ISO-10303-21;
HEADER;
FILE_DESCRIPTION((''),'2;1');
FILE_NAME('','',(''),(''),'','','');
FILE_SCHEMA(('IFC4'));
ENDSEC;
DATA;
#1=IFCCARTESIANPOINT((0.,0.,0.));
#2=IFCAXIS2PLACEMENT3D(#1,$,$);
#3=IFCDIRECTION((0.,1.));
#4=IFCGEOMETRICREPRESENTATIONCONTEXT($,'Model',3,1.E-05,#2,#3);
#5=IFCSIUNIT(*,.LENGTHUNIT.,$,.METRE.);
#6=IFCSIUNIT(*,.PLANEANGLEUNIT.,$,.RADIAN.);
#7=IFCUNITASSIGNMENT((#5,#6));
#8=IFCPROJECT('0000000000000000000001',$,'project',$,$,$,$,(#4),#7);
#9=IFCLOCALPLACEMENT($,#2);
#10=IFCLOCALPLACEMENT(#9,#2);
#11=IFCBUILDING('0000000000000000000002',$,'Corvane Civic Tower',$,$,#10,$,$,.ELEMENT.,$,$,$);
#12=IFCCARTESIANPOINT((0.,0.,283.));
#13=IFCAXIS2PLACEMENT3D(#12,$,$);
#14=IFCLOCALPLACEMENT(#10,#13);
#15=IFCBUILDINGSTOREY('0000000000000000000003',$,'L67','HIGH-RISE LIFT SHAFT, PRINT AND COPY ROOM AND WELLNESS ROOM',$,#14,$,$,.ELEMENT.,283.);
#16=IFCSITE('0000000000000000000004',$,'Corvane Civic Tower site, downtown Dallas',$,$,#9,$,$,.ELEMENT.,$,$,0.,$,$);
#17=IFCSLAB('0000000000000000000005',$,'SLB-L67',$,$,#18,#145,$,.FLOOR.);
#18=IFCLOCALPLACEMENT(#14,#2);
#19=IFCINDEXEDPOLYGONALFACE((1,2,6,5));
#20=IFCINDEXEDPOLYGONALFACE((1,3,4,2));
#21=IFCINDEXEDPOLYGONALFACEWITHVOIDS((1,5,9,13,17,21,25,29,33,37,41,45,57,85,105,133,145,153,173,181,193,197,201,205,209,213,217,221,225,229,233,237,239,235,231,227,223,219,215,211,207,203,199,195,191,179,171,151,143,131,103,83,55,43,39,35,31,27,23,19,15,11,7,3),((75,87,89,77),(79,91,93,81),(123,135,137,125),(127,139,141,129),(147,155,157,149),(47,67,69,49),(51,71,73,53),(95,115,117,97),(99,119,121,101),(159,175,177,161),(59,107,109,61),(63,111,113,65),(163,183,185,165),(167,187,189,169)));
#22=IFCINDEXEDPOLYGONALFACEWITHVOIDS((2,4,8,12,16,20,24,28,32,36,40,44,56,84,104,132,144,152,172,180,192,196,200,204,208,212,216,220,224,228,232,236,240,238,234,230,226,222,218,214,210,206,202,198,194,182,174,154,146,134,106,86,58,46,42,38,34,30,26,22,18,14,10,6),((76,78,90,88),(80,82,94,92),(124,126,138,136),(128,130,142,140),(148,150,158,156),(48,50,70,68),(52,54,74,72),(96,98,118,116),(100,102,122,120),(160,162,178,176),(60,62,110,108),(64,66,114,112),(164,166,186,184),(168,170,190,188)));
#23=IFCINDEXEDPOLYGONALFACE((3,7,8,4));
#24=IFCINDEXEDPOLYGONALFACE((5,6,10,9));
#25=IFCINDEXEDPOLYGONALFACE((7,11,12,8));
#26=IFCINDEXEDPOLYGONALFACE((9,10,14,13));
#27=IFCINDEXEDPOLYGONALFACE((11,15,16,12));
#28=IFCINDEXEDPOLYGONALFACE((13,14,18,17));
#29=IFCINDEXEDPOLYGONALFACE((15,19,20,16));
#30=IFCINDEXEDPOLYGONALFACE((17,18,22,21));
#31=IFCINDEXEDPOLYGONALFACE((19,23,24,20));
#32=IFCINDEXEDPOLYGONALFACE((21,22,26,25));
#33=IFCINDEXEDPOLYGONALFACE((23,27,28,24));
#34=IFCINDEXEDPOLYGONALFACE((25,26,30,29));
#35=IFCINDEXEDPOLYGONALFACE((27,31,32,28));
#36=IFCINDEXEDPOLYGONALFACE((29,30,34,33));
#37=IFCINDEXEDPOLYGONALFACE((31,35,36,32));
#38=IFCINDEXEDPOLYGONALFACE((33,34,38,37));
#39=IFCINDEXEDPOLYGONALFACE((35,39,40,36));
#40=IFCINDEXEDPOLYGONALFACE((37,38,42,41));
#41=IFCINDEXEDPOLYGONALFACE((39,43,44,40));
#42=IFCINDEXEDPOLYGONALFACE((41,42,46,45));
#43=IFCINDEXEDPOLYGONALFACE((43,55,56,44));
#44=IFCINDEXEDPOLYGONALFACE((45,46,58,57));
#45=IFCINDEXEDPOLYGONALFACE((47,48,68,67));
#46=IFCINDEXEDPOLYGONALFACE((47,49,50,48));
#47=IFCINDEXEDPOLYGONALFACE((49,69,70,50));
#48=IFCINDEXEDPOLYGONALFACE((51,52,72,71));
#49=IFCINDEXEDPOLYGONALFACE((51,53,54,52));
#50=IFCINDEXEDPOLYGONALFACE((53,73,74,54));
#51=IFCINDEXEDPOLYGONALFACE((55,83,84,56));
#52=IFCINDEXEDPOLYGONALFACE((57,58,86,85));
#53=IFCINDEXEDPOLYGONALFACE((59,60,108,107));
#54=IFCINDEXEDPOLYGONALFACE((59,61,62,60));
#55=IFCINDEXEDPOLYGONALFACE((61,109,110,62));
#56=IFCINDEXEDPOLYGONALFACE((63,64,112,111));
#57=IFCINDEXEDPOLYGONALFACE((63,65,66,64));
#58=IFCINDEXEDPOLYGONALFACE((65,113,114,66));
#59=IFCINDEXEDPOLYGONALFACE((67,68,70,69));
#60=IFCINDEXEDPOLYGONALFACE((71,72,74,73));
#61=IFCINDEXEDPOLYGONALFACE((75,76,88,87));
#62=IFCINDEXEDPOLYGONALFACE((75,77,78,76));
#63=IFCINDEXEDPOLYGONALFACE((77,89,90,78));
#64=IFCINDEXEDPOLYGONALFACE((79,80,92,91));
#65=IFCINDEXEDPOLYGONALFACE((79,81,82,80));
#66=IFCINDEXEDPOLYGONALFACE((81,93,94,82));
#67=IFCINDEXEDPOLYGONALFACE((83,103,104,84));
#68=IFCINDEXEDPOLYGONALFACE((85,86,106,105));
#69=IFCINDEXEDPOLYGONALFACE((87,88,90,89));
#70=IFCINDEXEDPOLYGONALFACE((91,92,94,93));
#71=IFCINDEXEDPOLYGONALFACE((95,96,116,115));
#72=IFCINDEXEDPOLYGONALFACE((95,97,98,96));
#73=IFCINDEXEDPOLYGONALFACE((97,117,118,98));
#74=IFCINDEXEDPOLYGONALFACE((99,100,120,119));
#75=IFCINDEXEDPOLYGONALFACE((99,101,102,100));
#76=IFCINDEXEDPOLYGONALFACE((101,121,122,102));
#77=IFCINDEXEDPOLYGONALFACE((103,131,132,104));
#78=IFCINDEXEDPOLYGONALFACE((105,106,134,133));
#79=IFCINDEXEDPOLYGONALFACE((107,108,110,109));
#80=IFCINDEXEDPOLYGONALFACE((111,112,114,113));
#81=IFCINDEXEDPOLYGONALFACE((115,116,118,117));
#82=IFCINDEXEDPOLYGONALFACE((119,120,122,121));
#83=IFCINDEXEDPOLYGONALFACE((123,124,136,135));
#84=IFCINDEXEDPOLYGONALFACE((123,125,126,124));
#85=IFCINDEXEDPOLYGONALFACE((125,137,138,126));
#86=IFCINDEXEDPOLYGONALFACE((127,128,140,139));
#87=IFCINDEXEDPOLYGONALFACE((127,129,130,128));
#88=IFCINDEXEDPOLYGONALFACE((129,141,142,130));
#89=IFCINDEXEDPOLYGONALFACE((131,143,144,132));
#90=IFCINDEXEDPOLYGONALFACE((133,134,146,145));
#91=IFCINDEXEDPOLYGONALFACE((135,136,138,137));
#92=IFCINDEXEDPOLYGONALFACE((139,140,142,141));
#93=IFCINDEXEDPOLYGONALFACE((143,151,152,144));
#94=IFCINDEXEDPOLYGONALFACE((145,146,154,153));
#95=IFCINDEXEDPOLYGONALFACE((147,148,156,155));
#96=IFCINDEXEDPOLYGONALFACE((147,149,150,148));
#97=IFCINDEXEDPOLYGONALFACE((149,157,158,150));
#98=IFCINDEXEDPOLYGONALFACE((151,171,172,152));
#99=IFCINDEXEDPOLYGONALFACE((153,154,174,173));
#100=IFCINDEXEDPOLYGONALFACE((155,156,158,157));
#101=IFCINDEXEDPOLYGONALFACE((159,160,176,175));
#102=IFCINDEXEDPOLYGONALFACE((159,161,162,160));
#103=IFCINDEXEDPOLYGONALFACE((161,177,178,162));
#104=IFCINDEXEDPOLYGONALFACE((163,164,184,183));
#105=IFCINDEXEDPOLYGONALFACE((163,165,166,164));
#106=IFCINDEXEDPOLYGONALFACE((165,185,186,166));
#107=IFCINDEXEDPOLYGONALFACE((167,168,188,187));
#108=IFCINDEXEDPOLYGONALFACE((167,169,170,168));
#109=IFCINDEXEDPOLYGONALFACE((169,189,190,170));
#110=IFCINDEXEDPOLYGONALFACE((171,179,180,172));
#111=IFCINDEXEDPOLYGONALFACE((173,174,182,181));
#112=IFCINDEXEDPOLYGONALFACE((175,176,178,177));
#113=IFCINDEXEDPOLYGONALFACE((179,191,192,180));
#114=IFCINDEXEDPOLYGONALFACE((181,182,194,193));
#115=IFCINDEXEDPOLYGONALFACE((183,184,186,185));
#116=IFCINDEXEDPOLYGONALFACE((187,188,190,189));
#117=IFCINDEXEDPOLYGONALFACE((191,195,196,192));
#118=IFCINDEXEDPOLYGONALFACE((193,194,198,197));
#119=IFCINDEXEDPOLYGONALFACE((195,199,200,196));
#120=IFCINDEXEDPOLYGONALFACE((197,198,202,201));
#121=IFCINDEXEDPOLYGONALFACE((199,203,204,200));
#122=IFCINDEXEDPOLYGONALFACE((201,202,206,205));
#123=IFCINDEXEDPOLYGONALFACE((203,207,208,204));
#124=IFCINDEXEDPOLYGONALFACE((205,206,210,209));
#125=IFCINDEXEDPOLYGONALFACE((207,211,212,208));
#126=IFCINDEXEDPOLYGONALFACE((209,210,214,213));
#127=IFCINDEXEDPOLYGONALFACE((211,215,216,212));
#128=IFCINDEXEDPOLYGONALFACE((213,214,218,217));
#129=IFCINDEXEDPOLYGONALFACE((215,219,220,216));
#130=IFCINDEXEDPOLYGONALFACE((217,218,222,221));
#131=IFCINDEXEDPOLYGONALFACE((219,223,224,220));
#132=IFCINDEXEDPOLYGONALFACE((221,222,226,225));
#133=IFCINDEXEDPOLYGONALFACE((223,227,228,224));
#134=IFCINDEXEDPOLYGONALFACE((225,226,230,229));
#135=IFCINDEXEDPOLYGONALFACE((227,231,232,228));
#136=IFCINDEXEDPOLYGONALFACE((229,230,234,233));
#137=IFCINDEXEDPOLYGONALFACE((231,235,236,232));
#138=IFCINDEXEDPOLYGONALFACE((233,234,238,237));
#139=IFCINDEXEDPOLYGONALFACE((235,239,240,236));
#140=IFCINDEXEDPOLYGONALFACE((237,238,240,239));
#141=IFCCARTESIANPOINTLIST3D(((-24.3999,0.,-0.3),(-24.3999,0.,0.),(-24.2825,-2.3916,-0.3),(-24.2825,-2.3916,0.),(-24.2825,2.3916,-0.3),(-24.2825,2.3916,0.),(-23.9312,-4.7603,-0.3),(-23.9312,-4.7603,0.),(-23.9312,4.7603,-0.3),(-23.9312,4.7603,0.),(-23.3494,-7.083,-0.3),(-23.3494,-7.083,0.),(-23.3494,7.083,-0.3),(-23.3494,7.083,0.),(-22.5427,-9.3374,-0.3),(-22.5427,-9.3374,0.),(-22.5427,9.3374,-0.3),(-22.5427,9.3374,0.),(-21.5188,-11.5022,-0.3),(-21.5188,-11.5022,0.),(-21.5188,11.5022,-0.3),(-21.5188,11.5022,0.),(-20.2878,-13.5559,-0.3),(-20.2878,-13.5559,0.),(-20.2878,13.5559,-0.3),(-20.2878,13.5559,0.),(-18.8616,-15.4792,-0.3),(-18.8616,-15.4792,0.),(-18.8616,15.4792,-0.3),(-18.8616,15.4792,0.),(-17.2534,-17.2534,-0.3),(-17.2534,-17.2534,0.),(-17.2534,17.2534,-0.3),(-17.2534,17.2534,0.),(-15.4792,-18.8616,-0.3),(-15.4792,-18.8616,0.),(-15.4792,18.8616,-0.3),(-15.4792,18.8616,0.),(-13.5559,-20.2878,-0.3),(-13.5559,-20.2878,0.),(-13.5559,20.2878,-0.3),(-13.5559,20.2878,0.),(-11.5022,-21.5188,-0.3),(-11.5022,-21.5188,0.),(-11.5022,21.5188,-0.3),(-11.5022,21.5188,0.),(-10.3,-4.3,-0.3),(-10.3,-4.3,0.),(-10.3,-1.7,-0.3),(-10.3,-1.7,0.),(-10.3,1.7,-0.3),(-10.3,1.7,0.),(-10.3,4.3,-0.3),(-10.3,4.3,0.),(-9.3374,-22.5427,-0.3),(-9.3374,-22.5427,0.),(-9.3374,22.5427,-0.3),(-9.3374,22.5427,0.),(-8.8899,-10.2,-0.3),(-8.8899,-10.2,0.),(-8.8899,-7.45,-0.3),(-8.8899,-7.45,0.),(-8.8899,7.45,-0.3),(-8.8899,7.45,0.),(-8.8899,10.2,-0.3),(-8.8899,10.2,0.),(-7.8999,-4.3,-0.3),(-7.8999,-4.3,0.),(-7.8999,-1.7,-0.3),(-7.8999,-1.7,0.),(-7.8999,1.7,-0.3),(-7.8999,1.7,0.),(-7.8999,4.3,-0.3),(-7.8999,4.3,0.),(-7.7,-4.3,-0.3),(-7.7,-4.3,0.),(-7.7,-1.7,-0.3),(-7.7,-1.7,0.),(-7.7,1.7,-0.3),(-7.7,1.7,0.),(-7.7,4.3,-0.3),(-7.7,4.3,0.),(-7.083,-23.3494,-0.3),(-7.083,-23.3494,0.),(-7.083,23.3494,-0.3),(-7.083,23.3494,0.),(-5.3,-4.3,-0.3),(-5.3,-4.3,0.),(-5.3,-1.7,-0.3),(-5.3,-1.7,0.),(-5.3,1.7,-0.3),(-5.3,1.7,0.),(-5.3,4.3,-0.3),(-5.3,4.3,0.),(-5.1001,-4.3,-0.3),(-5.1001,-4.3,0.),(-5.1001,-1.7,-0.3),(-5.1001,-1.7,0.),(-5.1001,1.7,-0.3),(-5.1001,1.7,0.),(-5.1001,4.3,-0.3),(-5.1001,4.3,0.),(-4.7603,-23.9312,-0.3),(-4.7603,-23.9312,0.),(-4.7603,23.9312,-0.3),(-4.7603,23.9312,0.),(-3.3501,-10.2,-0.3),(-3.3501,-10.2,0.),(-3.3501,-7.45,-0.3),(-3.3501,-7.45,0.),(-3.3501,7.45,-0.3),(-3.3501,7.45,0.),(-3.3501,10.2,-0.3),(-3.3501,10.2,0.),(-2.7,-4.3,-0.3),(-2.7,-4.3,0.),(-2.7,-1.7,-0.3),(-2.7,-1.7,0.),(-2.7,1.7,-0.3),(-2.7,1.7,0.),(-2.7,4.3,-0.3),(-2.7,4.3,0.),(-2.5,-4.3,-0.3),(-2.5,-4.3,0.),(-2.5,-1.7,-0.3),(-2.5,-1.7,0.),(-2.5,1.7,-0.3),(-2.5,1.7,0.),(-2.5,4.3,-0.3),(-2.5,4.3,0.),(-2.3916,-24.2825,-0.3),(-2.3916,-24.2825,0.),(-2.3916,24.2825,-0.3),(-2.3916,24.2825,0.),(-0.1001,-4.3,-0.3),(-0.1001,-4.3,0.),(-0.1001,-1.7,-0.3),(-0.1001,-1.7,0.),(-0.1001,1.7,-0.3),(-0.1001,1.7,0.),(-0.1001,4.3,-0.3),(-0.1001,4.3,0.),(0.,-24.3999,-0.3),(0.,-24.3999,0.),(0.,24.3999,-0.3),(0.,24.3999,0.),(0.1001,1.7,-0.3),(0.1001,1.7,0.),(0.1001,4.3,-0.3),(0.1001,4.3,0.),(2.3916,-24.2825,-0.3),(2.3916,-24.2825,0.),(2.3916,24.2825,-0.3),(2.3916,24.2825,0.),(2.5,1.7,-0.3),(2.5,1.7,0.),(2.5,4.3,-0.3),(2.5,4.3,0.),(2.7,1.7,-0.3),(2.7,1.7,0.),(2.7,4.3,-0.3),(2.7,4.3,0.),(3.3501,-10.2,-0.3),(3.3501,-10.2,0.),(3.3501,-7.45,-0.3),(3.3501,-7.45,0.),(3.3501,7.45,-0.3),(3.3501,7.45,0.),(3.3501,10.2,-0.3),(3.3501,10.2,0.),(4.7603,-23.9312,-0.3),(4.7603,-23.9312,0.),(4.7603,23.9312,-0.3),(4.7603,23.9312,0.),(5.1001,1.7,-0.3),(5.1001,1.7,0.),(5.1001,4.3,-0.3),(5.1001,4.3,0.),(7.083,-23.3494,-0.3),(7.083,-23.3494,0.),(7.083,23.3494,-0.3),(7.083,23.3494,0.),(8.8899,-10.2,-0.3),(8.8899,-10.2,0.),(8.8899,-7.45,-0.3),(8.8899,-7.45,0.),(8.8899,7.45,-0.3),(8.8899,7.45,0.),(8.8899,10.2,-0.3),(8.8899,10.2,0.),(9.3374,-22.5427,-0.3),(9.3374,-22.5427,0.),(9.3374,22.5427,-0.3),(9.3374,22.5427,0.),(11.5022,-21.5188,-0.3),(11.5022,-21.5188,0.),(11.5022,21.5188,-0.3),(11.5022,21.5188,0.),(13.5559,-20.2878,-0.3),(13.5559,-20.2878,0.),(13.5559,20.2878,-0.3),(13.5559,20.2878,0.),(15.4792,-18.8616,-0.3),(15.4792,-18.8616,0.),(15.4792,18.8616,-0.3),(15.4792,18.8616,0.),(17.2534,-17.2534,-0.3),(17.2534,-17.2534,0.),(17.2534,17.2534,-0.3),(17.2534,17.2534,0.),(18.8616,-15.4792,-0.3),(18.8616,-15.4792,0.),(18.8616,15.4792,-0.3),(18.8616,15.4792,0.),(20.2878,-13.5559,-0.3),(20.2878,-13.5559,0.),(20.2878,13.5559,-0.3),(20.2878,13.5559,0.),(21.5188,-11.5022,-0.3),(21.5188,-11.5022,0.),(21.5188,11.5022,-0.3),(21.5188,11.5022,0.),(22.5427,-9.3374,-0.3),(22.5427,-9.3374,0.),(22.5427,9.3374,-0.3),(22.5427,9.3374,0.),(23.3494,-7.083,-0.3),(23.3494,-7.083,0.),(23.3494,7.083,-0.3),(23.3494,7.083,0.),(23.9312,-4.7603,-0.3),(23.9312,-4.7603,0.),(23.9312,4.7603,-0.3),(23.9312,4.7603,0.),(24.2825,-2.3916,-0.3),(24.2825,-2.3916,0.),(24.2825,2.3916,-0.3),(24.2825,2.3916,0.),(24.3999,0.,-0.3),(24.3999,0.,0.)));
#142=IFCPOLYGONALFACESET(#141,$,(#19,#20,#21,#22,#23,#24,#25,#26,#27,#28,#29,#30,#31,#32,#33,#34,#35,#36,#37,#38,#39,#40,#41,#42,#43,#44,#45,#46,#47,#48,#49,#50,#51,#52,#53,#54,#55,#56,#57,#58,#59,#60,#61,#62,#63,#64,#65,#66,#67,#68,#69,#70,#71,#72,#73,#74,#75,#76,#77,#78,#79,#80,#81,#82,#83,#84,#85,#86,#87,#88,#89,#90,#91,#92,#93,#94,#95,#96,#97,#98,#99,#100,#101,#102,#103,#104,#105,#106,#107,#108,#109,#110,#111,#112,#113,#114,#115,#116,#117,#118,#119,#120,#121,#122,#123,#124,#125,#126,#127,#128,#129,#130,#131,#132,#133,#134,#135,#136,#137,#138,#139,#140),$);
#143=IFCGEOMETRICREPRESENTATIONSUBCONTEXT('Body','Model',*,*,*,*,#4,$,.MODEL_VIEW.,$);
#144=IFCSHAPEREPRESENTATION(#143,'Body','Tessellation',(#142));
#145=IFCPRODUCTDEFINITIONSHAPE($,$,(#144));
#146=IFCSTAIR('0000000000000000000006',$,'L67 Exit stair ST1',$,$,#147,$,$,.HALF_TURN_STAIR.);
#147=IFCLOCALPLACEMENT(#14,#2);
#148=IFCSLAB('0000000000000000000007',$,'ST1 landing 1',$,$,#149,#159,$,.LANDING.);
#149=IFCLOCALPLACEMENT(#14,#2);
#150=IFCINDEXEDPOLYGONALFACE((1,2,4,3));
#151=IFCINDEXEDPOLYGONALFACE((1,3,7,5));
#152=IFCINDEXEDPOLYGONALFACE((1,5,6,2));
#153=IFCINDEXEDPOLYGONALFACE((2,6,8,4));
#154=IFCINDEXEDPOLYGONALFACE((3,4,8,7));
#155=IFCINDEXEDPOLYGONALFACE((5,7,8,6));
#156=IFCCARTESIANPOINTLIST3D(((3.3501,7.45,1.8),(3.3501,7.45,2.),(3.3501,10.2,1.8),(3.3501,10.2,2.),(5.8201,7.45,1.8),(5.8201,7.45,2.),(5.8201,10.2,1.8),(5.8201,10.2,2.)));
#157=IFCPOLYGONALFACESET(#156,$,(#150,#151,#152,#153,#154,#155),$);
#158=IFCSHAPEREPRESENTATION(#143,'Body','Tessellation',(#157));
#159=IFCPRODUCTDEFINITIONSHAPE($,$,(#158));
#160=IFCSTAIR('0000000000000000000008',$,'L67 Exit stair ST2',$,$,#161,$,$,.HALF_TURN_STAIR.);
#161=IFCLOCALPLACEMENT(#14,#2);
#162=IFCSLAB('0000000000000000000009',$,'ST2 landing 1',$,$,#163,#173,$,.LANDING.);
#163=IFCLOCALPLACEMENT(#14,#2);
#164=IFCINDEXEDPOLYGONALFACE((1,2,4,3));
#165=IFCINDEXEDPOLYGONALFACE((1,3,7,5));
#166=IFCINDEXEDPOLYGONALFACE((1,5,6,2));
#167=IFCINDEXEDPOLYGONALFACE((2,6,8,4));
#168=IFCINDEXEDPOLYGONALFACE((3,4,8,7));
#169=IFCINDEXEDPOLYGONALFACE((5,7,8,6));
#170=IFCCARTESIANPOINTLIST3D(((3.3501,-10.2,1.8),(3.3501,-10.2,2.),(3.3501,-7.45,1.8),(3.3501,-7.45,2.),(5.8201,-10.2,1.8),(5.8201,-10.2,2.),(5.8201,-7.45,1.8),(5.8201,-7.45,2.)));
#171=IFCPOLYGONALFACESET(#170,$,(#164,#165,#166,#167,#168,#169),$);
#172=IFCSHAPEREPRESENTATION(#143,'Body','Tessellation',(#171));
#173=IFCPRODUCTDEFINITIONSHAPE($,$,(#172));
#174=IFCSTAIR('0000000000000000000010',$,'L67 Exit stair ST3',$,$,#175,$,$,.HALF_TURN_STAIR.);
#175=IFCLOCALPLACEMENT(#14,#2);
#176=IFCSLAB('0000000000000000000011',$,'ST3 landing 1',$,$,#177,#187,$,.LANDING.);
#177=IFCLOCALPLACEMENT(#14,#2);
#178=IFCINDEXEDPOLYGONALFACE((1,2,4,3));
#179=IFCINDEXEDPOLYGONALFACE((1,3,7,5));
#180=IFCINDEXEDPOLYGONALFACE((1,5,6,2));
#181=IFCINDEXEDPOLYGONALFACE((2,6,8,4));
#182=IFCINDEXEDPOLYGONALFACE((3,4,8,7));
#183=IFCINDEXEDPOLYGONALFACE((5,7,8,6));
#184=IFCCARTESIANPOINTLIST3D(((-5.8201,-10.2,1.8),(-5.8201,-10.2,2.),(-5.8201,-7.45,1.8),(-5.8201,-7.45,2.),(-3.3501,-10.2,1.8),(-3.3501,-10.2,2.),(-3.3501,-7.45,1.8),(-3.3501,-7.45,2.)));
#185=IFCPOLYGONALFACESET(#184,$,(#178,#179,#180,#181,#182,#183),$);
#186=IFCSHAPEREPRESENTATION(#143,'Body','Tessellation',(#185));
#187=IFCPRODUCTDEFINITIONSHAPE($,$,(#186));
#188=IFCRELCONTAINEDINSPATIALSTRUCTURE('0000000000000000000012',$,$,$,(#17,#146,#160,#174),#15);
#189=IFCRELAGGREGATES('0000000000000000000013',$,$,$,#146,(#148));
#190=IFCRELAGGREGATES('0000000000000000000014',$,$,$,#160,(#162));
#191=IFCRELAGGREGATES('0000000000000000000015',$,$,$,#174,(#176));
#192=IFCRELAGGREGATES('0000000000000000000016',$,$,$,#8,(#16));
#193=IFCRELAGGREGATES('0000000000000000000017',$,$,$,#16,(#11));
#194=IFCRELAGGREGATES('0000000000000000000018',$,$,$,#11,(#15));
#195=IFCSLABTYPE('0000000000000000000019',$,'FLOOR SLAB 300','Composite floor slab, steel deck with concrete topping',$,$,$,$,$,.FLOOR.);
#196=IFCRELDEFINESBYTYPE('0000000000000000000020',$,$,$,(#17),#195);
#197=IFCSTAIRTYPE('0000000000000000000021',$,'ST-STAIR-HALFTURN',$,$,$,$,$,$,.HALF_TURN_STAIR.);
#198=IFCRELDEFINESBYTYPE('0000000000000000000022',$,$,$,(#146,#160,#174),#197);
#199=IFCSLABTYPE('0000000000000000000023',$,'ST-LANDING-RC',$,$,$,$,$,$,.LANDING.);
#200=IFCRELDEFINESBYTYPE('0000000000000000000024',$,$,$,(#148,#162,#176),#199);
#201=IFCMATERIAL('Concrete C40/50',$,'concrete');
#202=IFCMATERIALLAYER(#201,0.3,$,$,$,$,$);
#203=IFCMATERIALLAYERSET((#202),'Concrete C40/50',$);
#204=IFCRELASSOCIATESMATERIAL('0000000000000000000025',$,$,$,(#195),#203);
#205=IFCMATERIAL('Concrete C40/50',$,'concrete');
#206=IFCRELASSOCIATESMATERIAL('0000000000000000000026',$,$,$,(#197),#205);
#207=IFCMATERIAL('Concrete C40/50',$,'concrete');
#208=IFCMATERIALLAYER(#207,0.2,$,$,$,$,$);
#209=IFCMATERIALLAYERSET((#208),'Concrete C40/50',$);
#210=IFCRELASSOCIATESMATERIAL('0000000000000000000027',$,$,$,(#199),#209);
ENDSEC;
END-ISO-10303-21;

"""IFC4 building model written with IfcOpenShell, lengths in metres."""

from ifc_helpers import new_model, si_unit, direction, frame, origin, place, context, subcontext, project, spatial, polyline, outline, extrude, material, layer, layer_set, type_object, element, aggregate, save


model = new_model("IFC4")

# Units and contexts
model_context = context("Model", 3, precision=1e-05, world=origin(), true_north=direction((0.0, 1.0)))
body_context = subcontext(model_context, "Body", "Model", "MODEL_VIEW")
ifc_project = project(units=[si_unit("LENGTHUNIT", "METRE"), si_unit("PLANEANGLEUNIT", "RADIAN")], contexts=[model_context])

# Site, building, storey
site_placement = place(None, origin())
site = spatial("IfcSite", under=ifc_project, at=site_placement, Name="Corvane Civic Tower site, downtown Dallas", CompositionType="ELEMENT", RefElevation=0.0)
building_placement = place(site_placement, origin())
building = spatial("IfcBuilding", under=site, at=building_placement, Name="Corvane Civic Tower", CompositionType="ELEMENT")
storey_placement = place(building_placement, frame((0.0, 0.0, 283.0)))
storey = spatial("IfcBuildingStorey", under=building, at=storey_placement, Name="L67", Description="HIGH-RISE LIFT SHAFT, PRINT AND COPY ROOM AND WELLNESS ROOM", CompositionType="ELEMENT", Elevation=283.0)

# Slab
ifc_material_1 = material(Name="Concrete C40/50", Category="concrete")
ifc_layer_1 = layer(ifc_material_1, 0.3)
ifc_layer_set_1 = layer_set([ifc_layer_1], Name="Concrete C40/50")
slab_type_1 = type_object("IfcSlabType", Name="FLOOR SLAB 300", Description="Composite floor slab, steel deck with concrete topping", PredefinedType="FLOOR", material=ifc_layer_set_1)
slab_1_placement = place(storey_placement, frame((0.0, 0.0, -0.3)))
element("IfcSlab", 1, at=slab_1_placement, inside=storey, type_object=slab_type_1, Name="SLB-L67", PredefinedType="FLOOR", context=body_context, shape_type="SweptSolid", body=[
    extrude(outline(polyline([(0.0, 24.3999), (-2.3916, 24.2825), (-4.7603, 23.9312), (-7.083, 23.3494), (-9.3374, 22.5427), (-11.5022, 21.5188), (-13.5559, 20.2878), (-15.4792, 18.8616), (-17.2534, 17.2534), (-18.8616, 15.4792), (-20.2878, 13.5559), (-21.5188, 11.5022), (-22.5427, 9.3374), (-23.3494, 7.083), (-23.9312, 4.7603), (-24.2825, 2.3916), (-24.3999, 0.0), (-24.2825, -2.3916), (-23.9312, -4.7603), (-23.3494, -7.083), (-22.5427, -9.3374), (-21.5188, -11.5022), (-20.2878, -13.5559), (-18.8616, -15.4792), (-17.2534, -17.2534), (-15.4792, -18.8616), (-13.5559, -20.2878), (-11.5022, -21.5188), (-9.3374, -22.5427), (-7.083, -23.3494), (-4.7603, -23.9312), (-2.3916, -24.2825), (0.0, -24.3999), (2.3916, -24.2825), (4.7603, -23.9312), (7.083, -23.3494), (9.3374, -22.5427), (11.5022, -21.5188), (13.5559, -20.2878), (15.4792, -18.8616), (17.2534, -17.2534), (18.8616, -15.4792), (20.2878, -13.5559), (21.5188, -11.5022), (22.5427, -9.3374), (23.3494, -7.083), (23.9312, -4.7603), (24.2825, -2.3916), (24.3999, 0.0), (24.2825, 2.3916), (23.9312, 4.7603), (23.3494, 7.083), (22.5427, 9.3374), (21.5188, 11.5022), (20.2878, 13.5559), (18.8616, 15.4792), (17.2534, 17.2534), (15.4792, 18.8616), (13.5559, 20.2878), (11.5022, 21.5188), (9.3374, 22.5427), (7.083, 23.3494), (4.7603, 23.9312), (2.3916, 24.2825), (0.0, 24.3999)]), holes=[polyline([(-10.3, 4.3), (-7.8999, 4.3), (-7.8999, 1.7), (-10.3, 1.7), (-10.3, 4.3)]), polyline([(-7.7, 4.3), (-5.3, 4.3), (-5.3, 1.7), (-7.7, 1.7), (-7.7, 4.3)]), polyline([(-5.1001, 4.3), (-2.7, 4.3), (-2.7, 1.7), (-5.1001, 1.7), (-5.1001, 4.3)]), polyline([(-0.1001, 1.7), (-2.5, 1.7), (-2.5, 4.3), (-0.1001, 4.3), (-0.1001, 1.7)]), polyline([(0.1001, 4.3), (2.5, 4.3), (2.5, 1.7), (0.1001, 1.7), (0.1001, 4.3)]), polyline([(2.7, 4.3), (5.1001, 4.3), (5.1001, 1.7), (2.7, 1.7), (2.7, 4.3)]), polyline([(-10.3, -4.3), (-10.3, -1.7), (-7.8999, -1.7), (-7.8999, -4.3), (-10.3, -4.3)]), polyline([(-7.7, -4.3), (-7.7, -1.7), (-5.3, -1.7), (-5.3, -4.3), (-7.7, -4.3)]), polyline([(-5.1001, -4.3), (-5.1001, -1.7), (-2.7, -1.7), (-2.7, -4.3), (-5.1001, -4.3)]), polyline([(-0.1001, -1.7), (-0.1001, -4.3), (-2.5, -4.3), (-2.5, -1.7), (-0.1001, -1.7)]), polyline([(8.8899, 10.2), (8.8899, 7.45), (3.3501, 7.45), (3.3501, 10.2), (8.8899, 10.2)]), polyline([(-8.8899, 7.45), (-8.8899, 10.2), (-3.3501, 10.2), (-3.3501, 7.45), (-8.8899, 7.45)]), polyline([(8.8899, -7.45), (8.8899, -10.2), (3.3501, -10.2), (3.3501, -7.45), (8.8899, -7.45)]), polyline([(-8.8899, -10.2), (-8.8899, -7.45), (-3.3501, -7.45), (-3.3501, -10.2), (-8.8899, -10.2)])]), origin(), (0.0, 0.0, 1.0), 0.3),
])

# Stairs, slabs
ifc_material_2 = material(Name="Concrete C40/50", Category="concrete")
stair_type = type_object("IfcStairType", Name="ST-STAIR-HALFTURN", PredefinedType="HALF_TURN_STAIR", material=ifc_material_2)
stair_1_placement = place(storey_placement, origin())
stair_1 = element("IfcStair", 2, at=stair_1_placement, inside=storey, type_object=stair_type, Name="L67 Exit stair ST1", PredefinedType="HALF_TURN_STAIR")
ifc_material_3 = material(Name="Concrete C40/50", Category="concrete")
ifc_layer_2 = layer(ifc_material_3, 0.2)
ifc_layer_set_2 = layer_set([ifc_layer_2], Name="Concrete C40/50")
slab_type_2 = type_object("IfcSlabType", Name="ST-LANDING-RC", PredefinedType="LANDING", material=ifc_layer_set_2)
slab_2_placement = place(storey_placement, frame((0.0, 0.0, 1.8)))
slab_2 = element("IfcSlab", 3, at=slab_2_placement, type_object=slab_type_2, Name="ST1 landing 1", PredefinedType="LANDING", context=body_context, shape_type="SweptSolid", body=[
    extrude(outline(polyline([(5.8201, 10.2), (3.3501, 10.2), (3.3501, 7.45), (5.8201, 7.45), (5.8201, 10.2)])), origin(), (0.0, 0.0, 1.0), 0.2),
])
aggregate(stair_1, [slab_2])
stair_2_placement = place(storey_placement, origin())
stair_2 = element("IfcStair", 4, at=stair_2_placement, inside=storey, type_object=stair_type, Name="L67 Exit stair ST2", PredefinedType="HALF_TURN_STAIR")
slab_3_placement = place(storey_placement, frame((0.0, 0.0, 1.8)))
slab_3 = element("IfcSlab", 5, at=slab_3_placement, type_object=slab_type_2, Name="ST2 landing 1", PredefinedType="LANDING", context=body_context, shape_type="SweptSolid", body=[
    extrude(outline(polyline([(5.8201, -7.45), (3.3501, -7.45), (3.3501, -10.2), (5.8201, -10.2), (5.8201, -7.45)])), origin(), (0.0, 0.0, 1.0), 0.2),
])
aggregate(stair_2, [slab_3])
stair_3_placement = place(storey_placement, origin())
stair_3 = element("IfcStair", 6, at=stair_3_placement, inside=storey, type_object=stair_type, Name="L67 Exit stair ST3", PredefinedType="HALF_TURN_STAIR")
slab_4_placement = place(storey_placement, frame((0.0, 0.0, 1.8)))
slab_4 = element("IfcSlab", 7, at=slab_4_placement, type_object=slab_type_2, Name="ST3 landing 1", PredefinedType="LANDING", context=body_context, shape_type="SweptSolid", body=[
    extrude(outline(polyline([(-5.8201, -10.2), (-3.3501, -10.2), (-3.3501, -7.45), (-5.8201, -7.45), (-5.8201, -10.2)])), origin(), (0.0, 0.0, 1.0), 0.2),
])
aggregate(stair_3, [slab_4])

save(model, "model.ifc")
